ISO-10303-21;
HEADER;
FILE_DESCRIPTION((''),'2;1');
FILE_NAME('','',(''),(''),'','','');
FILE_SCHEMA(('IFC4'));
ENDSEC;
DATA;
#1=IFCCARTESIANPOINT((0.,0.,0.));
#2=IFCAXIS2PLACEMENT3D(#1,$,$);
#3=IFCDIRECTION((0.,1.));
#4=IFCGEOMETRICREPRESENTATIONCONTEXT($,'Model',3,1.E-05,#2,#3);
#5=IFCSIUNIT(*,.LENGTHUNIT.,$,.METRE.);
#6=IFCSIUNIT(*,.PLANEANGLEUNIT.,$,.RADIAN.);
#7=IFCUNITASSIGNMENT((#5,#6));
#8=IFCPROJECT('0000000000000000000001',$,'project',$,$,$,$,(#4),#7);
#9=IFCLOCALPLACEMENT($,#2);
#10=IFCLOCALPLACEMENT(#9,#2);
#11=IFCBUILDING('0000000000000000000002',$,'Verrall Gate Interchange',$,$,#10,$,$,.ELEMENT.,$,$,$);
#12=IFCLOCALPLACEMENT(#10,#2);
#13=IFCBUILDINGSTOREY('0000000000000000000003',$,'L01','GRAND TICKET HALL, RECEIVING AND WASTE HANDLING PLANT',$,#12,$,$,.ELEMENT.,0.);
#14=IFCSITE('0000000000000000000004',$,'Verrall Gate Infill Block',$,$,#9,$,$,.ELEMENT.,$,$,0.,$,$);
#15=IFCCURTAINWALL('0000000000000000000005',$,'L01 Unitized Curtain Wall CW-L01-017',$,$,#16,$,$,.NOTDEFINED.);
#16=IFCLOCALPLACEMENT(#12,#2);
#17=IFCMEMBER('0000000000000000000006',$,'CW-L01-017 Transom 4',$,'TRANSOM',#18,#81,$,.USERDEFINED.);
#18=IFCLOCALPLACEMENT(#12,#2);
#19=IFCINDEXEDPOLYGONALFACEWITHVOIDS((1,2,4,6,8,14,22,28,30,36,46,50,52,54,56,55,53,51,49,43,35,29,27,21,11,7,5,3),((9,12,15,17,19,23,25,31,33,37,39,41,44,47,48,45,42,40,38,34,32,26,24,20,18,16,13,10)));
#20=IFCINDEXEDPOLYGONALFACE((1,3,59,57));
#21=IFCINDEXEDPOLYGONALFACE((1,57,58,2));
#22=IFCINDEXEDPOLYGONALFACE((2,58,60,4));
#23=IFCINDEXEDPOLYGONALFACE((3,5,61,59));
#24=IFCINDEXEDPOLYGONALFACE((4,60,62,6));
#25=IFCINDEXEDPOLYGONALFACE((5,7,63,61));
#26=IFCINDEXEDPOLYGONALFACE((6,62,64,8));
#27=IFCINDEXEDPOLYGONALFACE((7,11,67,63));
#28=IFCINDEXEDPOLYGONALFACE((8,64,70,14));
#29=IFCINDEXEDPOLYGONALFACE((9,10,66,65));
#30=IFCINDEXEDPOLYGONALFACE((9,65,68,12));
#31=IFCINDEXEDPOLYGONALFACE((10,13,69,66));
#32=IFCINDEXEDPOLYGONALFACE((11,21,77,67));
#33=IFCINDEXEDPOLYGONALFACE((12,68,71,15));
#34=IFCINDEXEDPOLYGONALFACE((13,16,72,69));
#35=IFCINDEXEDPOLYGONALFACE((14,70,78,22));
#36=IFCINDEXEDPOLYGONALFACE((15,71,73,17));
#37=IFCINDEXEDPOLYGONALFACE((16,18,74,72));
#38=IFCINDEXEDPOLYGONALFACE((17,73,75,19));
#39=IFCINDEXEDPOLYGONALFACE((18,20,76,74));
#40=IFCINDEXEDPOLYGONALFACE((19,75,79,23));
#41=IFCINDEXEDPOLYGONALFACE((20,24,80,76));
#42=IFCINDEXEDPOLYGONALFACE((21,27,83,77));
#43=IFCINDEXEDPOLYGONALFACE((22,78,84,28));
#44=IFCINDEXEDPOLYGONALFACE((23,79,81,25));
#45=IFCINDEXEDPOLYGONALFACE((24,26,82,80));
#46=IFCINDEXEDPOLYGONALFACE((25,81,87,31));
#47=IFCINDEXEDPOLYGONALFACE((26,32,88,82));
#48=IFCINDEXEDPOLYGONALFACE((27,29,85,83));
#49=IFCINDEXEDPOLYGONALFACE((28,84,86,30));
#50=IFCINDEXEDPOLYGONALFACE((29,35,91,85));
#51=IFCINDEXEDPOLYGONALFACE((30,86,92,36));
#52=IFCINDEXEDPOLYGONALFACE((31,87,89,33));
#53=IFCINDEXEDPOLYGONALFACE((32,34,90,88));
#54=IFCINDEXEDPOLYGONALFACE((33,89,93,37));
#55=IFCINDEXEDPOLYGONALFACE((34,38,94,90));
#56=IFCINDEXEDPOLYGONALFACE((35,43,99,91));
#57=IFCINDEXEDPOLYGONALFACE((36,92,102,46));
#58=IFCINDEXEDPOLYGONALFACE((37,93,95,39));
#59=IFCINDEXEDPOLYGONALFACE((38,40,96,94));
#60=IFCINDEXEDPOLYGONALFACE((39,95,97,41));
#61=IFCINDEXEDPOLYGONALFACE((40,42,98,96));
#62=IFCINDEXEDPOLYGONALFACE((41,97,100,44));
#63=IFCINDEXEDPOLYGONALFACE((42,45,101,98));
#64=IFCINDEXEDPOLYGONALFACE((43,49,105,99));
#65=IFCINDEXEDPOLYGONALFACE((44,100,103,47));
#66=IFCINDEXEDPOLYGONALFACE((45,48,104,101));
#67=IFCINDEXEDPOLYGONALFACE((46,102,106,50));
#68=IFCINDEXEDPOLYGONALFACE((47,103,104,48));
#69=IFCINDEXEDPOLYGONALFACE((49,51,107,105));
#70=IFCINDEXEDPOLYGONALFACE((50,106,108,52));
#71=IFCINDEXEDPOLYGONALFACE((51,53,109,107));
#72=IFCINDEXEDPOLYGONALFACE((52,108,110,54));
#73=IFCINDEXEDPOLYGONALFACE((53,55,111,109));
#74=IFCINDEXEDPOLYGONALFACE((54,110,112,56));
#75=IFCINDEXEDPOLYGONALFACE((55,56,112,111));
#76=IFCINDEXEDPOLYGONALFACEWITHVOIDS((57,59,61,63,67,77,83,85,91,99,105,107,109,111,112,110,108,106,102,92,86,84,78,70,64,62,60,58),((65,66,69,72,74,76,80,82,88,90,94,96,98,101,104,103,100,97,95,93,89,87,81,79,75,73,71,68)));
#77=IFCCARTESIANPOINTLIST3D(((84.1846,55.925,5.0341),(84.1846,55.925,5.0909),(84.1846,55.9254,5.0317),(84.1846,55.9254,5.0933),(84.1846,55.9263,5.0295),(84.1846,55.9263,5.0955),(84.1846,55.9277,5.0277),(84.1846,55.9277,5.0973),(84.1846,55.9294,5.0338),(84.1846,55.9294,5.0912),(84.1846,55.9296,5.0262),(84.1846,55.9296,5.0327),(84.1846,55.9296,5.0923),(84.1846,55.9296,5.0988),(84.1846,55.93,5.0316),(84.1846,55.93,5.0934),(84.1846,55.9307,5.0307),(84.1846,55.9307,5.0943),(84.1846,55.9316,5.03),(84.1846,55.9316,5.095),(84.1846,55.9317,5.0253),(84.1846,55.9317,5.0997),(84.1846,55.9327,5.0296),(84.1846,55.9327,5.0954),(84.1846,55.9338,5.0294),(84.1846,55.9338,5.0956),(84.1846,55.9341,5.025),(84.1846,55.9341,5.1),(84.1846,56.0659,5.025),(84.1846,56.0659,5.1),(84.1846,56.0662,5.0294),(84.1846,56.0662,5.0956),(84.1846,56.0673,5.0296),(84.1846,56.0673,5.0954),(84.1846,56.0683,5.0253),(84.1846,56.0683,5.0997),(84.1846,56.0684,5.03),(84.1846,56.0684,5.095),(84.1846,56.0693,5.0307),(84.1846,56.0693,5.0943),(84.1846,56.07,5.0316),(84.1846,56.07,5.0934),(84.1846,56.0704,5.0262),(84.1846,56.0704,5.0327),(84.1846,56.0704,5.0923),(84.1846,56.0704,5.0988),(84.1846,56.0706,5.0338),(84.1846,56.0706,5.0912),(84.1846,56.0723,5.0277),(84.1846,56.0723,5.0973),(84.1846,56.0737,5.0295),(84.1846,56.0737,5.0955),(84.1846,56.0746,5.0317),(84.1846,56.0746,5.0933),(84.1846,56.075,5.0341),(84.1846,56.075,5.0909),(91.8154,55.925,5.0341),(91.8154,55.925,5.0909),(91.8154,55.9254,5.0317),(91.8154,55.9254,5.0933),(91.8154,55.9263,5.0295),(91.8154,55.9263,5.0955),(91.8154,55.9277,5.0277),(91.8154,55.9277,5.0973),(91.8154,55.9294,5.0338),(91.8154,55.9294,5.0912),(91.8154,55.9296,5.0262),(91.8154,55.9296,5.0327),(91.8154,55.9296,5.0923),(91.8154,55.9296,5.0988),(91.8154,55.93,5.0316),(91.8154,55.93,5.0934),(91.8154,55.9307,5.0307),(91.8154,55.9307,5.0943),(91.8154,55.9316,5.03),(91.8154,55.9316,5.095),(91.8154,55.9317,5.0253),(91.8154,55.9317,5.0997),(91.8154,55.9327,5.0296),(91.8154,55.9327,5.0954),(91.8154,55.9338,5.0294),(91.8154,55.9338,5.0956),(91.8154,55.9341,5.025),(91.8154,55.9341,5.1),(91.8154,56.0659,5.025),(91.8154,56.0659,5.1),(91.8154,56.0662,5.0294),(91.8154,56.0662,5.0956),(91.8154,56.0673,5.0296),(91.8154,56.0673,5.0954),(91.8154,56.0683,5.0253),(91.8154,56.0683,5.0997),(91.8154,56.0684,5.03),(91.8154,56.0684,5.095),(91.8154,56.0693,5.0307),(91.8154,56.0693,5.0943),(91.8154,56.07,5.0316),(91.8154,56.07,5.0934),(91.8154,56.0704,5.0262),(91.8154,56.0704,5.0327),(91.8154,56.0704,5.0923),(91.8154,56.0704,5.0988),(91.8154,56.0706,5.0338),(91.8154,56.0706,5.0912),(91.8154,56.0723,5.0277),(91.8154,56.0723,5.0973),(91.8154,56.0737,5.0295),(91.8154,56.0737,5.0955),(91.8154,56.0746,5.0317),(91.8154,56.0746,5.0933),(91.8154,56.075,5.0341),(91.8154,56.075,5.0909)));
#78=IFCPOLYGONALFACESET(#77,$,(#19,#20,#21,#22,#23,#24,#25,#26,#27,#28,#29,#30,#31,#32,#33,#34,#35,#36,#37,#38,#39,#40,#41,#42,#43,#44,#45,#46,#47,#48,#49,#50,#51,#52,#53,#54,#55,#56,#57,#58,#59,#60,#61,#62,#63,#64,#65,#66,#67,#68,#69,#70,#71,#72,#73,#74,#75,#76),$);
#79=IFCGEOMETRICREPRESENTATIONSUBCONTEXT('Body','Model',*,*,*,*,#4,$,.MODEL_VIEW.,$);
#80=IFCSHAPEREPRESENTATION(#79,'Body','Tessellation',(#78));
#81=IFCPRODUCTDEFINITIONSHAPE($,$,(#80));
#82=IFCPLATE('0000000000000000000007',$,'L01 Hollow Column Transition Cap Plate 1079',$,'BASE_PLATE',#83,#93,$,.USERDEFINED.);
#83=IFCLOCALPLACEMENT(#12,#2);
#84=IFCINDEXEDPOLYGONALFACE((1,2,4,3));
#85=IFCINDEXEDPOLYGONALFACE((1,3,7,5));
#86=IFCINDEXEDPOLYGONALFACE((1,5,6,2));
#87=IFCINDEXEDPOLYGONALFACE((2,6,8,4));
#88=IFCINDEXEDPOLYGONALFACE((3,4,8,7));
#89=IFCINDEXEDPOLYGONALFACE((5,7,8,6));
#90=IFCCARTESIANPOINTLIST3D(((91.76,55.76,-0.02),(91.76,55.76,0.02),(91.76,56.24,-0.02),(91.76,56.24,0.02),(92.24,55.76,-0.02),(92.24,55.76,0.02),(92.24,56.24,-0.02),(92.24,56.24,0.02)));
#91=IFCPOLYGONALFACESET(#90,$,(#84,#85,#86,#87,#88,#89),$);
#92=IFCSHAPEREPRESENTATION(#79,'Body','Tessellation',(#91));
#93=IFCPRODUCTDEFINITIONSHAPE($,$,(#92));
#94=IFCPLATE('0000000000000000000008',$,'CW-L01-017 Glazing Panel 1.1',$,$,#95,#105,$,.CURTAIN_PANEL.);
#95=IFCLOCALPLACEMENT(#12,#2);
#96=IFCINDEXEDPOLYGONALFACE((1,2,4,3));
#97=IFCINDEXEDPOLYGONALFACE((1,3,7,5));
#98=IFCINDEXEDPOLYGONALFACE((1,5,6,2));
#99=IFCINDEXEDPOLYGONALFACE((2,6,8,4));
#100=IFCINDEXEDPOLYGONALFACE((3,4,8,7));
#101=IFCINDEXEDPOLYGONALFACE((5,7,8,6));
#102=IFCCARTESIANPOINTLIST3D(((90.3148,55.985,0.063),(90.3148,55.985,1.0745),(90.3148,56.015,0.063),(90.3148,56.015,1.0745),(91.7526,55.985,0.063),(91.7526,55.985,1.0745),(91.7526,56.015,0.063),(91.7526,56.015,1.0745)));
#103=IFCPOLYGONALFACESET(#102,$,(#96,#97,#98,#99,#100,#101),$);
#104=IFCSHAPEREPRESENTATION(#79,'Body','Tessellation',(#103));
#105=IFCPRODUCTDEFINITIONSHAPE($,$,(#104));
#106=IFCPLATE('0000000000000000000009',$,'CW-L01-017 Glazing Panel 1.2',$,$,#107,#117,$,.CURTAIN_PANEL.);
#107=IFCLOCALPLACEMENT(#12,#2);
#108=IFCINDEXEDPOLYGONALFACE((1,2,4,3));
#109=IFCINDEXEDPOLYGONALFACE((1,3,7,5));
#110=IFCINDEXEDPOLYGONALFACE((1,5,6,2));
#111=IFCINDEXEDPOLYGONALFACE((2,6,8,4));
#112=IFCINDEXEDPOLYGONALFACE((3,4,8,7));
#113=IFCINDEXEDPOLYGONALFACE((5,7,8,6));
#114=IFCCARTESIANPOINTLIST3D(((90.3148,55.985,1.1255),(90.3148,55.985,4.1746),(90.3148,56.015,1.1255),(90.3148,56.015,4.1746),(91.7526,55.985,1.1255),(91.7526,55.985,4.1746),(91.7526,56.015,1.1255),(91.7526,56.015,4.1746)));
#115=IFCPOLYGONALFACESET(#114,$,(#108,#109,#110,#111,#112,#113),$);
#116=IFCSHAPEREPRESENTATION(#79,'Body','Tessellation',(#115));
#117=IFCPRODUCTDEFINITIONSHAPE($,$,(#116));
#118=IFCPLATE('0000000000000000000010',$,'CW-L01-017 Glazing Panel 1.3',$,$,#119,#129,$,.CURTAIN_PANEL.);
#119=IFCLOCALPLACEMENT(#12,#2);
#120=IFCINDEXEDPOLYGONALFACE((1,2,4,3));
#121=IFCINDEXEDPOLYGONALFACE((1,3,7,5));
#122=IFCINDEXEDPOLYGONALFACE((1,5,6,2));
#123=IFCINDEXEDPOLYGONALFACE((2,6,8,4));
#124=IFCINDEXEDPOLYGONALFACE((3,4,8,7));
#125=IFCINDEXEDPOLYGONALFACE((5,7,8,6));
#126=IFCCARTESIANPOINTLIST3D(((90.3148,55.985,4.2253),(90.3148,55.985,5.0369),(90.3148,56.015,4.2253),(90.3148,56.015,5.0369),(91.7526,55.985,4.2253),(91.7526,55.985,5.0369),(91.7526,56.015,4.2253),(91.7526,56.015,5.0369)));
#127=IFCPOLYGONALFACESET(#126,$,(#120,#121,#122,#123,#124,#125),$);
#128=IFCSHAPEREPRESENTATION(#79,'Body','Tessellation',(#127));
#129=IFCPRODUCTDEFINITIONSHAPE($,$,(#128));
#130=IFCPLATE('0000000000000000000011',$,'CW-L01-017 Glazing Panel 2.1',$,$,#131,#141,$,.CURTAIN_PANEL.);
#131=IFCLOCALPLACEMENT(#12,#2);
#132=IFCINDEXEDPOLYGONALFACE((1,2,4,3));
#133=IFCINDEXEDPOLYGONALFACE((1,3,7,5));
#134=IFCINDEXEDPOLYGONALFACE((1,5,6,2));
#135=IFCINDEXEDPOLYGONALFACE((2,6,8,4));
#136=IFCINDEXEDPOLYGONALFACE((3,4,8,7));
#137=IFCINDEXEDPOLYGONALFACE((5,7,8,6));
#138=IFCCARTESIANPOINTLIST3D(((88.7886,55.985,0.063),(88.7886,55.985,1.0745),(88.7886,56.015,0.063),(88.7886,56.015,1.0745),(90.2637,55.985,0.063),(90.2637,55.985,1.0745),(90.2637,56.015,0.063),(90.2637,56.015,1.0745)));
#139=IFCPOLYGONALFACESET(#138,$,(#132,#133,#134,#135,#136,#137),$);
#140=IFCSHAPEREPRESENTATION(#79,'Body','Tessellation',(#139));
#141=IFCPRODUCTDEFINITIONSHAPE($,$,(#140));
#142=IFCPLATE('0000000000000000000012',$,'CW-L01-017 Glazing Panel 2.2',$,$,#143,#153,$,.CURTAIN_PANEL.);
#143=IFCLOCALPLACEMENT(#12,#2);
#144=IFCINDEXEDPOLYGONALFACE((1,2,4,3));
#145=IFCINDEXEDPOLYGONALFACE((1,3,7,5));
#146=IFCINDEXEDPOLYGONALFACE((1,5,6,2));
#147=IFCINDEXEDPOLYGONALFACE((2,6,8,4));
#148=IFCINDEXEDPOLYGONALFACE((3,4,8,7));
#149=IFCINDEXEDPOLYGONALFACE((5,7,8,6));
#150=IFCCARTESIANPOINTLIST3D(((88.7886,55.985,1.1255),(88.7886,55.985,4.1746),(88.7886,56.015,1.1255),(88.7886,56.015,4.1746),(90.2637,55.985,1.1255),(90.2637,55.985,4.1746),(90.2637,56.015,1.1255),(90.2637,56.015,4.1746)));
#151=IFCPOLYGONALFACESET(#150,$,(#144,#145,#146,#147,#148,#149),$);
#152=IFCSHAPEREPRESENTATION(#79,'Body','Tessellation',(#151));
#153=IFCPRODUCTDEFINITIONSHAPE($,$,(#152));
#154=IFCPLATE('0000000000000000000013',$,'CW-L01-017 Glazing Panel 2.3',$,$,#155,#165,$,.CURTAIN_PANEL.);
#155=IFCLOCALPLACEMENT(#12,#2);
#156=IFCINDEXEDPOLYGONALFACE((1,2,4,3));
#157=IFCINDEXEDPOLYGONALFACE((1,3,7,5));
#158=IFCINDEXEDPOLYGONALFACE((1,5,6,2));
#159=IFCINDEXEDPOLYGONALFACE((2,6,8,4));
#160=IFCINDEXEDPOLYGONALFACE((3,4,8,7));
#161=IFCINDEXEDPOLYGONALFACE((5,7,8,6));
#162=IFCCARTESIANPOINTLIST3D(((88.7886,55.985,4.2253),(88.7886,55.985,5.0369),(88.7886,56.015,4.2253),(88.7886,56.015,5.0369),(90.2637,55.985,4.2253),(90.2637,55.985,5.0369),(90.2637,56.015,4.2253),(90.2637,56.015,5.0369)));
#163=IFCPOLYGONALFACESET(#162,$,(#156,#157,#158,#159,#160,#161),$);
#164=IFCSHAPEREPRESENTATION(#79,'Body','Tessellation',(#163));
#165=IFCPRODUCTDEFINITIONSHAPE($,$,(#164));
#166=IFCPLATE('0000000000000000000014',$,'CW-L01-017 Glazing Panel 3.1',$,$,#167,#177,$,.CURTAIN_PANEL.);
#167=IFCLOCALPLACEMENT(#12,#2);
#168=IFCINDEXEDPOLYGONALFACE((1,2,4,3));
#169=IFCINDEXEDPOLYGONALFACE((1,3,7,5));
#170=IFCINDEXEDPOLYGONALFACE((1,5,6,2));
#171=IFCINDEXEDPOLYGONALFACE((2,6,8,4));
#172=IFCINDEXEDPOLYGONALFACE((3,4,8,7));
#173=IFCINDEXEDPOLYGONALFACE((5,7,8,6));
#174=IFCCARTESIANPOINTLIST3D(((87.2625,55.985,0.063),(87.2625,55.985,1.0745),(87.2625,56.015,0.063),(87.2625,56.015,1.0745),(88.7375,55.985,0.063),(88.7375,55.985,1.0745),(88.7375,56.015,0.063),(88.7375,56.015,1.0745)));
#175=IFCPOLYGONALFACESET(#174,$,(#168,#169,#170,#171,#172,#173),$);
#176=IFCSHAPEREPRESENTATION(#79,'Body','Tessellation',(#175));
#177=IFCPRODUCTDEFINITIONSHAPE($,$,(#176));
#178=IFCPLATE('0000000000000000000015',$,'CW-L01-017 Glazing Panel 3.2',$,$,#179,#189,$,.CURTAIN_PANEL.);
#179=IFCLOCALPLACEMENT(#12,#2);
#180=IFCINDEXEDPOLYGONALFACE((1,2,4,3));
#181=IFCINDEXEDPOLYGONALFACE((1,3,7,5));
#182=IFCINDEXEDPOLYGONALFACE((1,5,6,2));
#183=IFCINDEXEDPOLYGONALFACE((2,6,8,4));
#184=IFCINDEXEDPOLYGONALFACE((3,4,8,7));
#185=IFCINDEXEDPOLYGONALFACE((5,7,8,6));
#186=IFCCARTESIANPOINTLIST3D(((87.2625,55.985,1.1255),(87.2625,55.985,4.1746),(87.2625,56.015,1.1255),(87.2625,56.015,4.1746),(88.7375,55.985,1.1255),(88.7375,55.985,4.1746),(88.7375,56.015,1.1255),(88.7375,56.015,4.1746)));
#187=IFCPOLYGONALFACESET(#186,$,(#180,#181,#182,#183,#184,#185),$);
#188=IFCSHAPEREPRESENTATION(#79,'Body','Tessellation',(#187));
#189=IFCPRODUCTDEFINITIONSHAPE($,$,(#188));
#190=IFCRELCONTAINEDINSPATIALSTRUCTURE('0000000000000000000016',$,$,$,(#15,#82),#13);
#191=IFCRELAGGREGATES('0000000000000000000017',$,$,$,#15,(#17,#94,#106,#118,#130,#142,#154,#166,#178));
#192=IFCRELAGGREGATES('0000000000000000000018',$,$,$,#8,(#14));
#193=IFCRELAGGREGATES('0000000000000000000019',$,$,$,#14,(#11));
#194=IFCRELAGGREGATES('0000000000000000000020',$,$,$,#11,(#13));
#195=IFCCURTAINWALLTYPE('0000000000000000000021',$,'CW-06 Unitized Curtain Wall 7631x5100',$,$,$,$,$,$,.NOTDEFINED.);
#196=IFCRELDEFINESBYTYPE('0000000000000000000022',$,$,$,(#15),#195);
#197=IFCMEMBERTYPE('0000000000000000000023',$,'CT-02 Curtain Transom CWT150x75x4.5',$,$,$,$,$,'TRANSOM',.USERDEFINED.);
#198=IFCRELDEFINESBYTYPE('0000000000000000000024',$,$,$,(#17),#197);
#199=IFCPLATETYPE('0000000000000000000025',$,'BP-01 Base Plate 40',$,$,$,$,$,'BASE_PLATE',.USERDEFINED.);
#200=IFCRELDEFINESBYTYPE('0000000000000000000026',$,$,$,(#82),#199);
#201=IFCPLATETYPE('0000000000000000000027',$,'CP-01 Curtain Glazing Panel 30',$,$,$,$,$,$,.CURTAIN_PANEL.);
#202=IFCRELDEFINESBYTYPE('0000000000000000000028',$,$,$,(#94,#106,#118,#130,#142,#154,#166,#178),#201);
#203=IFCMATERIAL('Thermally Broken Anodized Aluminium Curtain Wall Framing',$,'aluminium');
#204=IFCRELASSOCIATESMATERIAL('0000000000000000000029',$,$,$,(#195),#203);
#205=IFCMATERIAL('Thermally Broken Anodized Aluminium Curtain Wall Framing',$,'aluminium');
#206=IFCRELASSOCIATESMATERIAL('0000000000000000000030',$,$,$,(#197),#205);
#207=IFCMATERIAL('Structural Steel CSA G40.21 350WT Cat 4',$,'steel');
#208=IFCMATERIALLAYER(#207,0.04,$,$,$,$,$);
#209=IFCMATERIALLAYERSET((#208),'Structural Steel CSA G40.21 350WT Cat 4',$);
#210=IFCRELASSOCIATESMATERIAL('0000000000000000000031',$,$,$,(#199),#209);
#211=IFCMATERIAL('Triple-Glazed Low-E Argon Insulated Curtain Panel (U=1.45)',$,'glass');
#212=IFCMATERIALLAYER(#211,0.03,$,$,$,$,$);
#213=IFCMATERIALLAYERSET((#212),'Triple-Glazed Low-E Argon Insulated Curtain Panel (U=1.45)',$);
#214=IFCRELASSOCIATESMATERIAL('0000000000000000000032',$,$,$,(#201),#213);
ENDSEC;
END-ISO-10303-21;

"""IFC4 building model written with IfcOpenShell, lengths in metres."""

from ifc_helpers import new_model, si_unit, direction, frame, origin, origin_2d, place, context, subcontext, project, spatial, rectangle, hollow_rectangle, extrude, material, layer, layer_set, material_profile, profile_set, type_object, element, aggregate, save


model = new_model("IFC4")

# Units and contexts
model_context = context("Model", 3, precision=1e-05, world=origin(), true_north=direction((0.0, 1.0)))
body_context = subcontext(model_context, "Body", "Model", "MODEL_VIEW")
ifc_project = project(units=[si_unit("LENGTHUNIT", "METRE"), si_unit("PLANEANGLEUNIT", "RADIAN")], contexts=[model_context])

# Site, building, storey
site_placement = place(None, origin())
site = spatial("IfcSite", under=ifc_project, at=site_placement, Name="Verrall Gate Infill Block", CompositionType="ELEMENT", RefElevation=0.0)
building_placement = place(site_placement, origin())
building = spatial("IfcBuilding", under=site, at=building_placement, Name="Verrall Gate Interchange", CompositionType="ELEMENT")
storey_placement = place(building_placement, origin())
storey = spatial("IfcBuildingStorey", under=building, at=storey_placement, Name="L01", Description="GRAND TICKET HALL, RECEIVING AND WASTE HANDLING PLANT", CompositionType="ELEMENT", Elevation=0.0)

# Curtain wall, member
ifc_material_1 = material(Name="Thermally Broken Anodized Aluminium Curtain Wall Framing", Category="aluminium")
curtain_wall_type = type_object("IfcCurtainWallType", Name="CW-06 Unitized Curtain Wall 7631x5100", PredefinedType="NOTDEFINED", material=ifc_material_1)
curtain_wall_placement = place(storey_placement, origin())
curtain_wall = element("IfcCurtainWall", 1, at=curtain_wall_placement, inside=storey, type_object=curtain_wall_type, Name="L01 Unitized Curtain Wall CW-L01-017", PredefinedType="NOTDEFINED")
ifc_material_2 = material(Name="Thermally Broken Anodized Aluminium Curtain Wall Framing", Category="aluminium")
ifc_material_profile_1 = material_profile(ifc_material_2, hollow_rectangle(XDim=0.1499, YDim=0.075, WallThickness=0.0044, InnerFilletRadius=0.0044, OuterFilletRadius=0.009, at=origin_2d()), Name="CWT150x75x4.5")
ifc_profile_set_1 = profile_set([ifc_material_profile_1], Name="Thermally Broken Anodized Aluminium Curtain Wall Framing")
member_type_1 = type_object("IfcMemberType", Name="CT-02 Curtain Transom CWT150x75x4.5", ElementType="TRANSOM", PredefinedType="USERDEFINED", material=ifc_profile_set_1)
member_1_placement = place(storey_placement, frame((91.8154, 56.0, 5.0625), z_axis=(-1.0, 0.0, 0.0), x_axis=(0.0, -1.0, 0.0)))
member_1 = element("IfcMember", 2, at=member_1_placement, type_object=member_type_1, Name="CW-L01-017 Transom 4", ObjectType="TRANSOM", PredefinedType="USERDEFINED", context=body_context, shape_type="SweptSolid", body=[
    extrude(hollow_rectangle(XDim=0.1499, YDim=0.075, WallThickness=0.0044, InnerFilletRadius=0.0044, OuterFilletRadius=0.009, at=origin_2d()), origin(), (0.0, 0.0, 1.0), 7.6309),
])

# Plates
ifc_material_3 = material(Name="Structural Steel CSA G40.21 350WT Cat 4", Category="steel")
ifc_layer_1 = layer(ifc_material_3, 0.04)
ifc_layer_set_1 = layer_set([ifc_layer_1], Name="Structural Steel CSA G40.21 350WT Cat 4")
plate_type_1 = type_object("IfcPlateType", Name="BP-01 Base Plate 40", ElementType="BASE_PLATE", PredefinedType="USERDEFINED", material=ifc_layer_set_1)
plate_1_placement = place(storey_placement, frame((92.0, 56.0, -0.02), z_axis=(0.0, 0.0, 1.0), x_axis=(1.0, 0.0, 0.0)))
element("IfcPlate", 3, at=plate_1_placement, inside=storey, type_object=plate_type_1, Name="L01 Hollow Column Transition Cap Plate 1079", ObjectType="BASE_PLATE", PredefinedType="USERDEFINED", context=body_context, shape_type="SweptSolid", body=[
    extrude(rectangle(XDim=0.48, YDim=0.48, at=origin_2d()), origin(), (0.0, 0.0, 1.0), 0.04),
])
ifc_material_4 = material(Name="Triple-Glazed Low-E Argon Insulated Curtain Panel (U=1.45)", Category="glass")
ifc_layer_2 = layer(ifc_material_4, 0.03)
ifc_layer_set_2 = layer_set([ifc_layer_2], Name="Triple-Glazed Low-E Argon Insulated Curtain Panel (U=1.45)")
plate_type_2 = type_object("IfcPlateType", Name="CP-01 Curtain Glazing Panel 30", PredefinedType="CURTAIN_PANEL", material=ifc_layer_set_2)
plate_2_placement = place(storey_placement, frame((91.0337, 56.0, 0.063), z_axis=(0.0, 0.0, 1.0), x_axis=(-1.0, 0.0, 0.0)))
plate_2 = element("IfcPlate", 4, at=plate_2_placement, type_object=plate_type_2, Name="CW-L01-017 Glazing Panel 1.1", PredefinedType="CURTAIN_PANEL", context=body_context, shape_type="SweptSolid", body=[
    extrude(rectangle(XDim=1.4377, YDim=0.03, at=origin_2d()), origin(), (0.0, 0.0, 1.0), 1.0115),
])
plate_3_placement = place(storey_placement, frame((91.0337, 56.0, 1.1255), z_axis=(0.0, 0.0, 1.0), x_axis=(-1.0, 0.0, 0.0)))
plate_3 = element("IfcPlate", 5, at=plate_3_placement, type_object=plate_type_2, Name="CW-L01-017 Glazing Panel 1.2", PredefinedType="CURTAIN_PANEL", context=body_context, shape_type="SweptSolid", body=[
    extrude(rectangle(XDim=1.4377, YDim=0.03, at=origin_2d()), origin(), (0.0, 0.0, 1.0), 3.0491),
])
plate_4_placement = place(storey_placement, frame((91.0337, 56.0, 4.2253), z_axis=(0.0, 0.0, 1.0), x_axis=(-1.0, 0.0, 0.0)))
plate_4 = element("IfcPlate", 6, at=plate_4_placement, type_object=plate_type_2, Name="CW-L01-017 Glazing Panel 1.3", PredefinedType="CURTAIN_PANEL", context=body_context, shape_type="SweptSolid", body=[
    extrude(rectangle(XDim=1.4377, YDim=0.03, at=origin_2d()), origin(), (0.0, 0.0, 1.0), 0.8115),
])
plate_5_placement = place(storey_placement, frame((89.5261, 56.0, 0.063), z_axis=(0.0, 0.0, 1.0), x_axis=(-1.0, 0.0, 0.0)))
plate_5 = element("IfcPlate", 7, at=plate_5_placement, type_object=plate_type_2, Name="CW-L01-017 Glazing Panel 2.1", PredefinedType="CURTAIN_PANEL", context=body_context, shape_type="SweptSolid", body=[
    extrude(rectangle(XDim=1.4751, YDim=0.03, at=origin_2d()), origin(), (0.0, 0.0, 1.0), 1.0115),
])
plate_6_placement = place(storey_placement, frame((89.5261, 56.0, 1.1255), z_axis=(0.0, 0.0, 1.0), x_axis=(-1.0, 0.0, 0.0)))
plate_6 = element("IfcPlate", 8, at=plate_6_placement, type_object=plate_type_2, Name="CW-L01-017 Glazing Panel 2.2", PredefinedType="CURTAIN_PANEL", context=body_context, shape_type="SweptSolid", body=[
    extrude(rectangle(XDim=1.4751, YDim=0.03, at=origin_2d()), origin(), (0.0, 0.0, 1.0), 3.0491),
])
plate_7_placement = place(storey_placement, frame((89.5261, 56.0, 4.2253), z_axis=(0.0, 0.0, 1.0), x_axis=(-1.0, 0.0, 0.0)))
plate_7 = element("IfcPlate", 9, at=plate_7_placement, type_object=plate_type_2, Name="CW-L01-017 Glazing Panel 2.3", PredefinedType="CURTAIN_PANEL", context=body_context, shape_type="SweptSolid", body=[
    extrude(rectangle(XDim=1.4751, YDim=0.03, at=origin_2d()), origin(), (0.0, 0.0, 1.0), 0.8115),
])
plate_8_placement = place(storey_placement, frame((88.0, 56.0, 0.063), z_axis=(0.0, 0.0, 1.0), x_axis=(-1.0, 0.0, 0.0)))
plate_8 = element("IfcPlate", 10, at=plate_8_placement, type_object=plate_type_2, Name="CW-L01-017 Glazing Panel 3.1", PredefinedType="CURTAIN_PANEL", context=body_context, shape_type="SweptSolid", body=[
    extrude(rectangle(XDim=1.4751, YDim=0.03, at=origin_2d()), origin(), (0.0, 0.0, 1.0), 1.0115),
])
plate_9_placement = place(storey_placement, frame((88.0, 56.0, 1.1255), z_axis=(0.0, 0.0, 1.0), x_axis=(-1.0, 0.0, 0.0)))
plate_9 = element("IfcPlate", 11, at=plate_9_placement, type_object=plate_type_2, Name="CW-L01-017 Glazing Panel 3.2", PredefinedType="CURTAIN_PANEL", context=body_context, shape_type="SweptSolid", body=[
    extrude(rectangle(XDim=1.4751, YDim=0.03, at=origin_2d()), origin(), (0.0, 0.0, 1.0), 3.0491),
])
aggregate(curtain_wall, [member_1, plate_2, plate_3, plate_4, plate_5, plate_6, plate_7, plate_8, plate_9])

save(model, "model.ifc")
